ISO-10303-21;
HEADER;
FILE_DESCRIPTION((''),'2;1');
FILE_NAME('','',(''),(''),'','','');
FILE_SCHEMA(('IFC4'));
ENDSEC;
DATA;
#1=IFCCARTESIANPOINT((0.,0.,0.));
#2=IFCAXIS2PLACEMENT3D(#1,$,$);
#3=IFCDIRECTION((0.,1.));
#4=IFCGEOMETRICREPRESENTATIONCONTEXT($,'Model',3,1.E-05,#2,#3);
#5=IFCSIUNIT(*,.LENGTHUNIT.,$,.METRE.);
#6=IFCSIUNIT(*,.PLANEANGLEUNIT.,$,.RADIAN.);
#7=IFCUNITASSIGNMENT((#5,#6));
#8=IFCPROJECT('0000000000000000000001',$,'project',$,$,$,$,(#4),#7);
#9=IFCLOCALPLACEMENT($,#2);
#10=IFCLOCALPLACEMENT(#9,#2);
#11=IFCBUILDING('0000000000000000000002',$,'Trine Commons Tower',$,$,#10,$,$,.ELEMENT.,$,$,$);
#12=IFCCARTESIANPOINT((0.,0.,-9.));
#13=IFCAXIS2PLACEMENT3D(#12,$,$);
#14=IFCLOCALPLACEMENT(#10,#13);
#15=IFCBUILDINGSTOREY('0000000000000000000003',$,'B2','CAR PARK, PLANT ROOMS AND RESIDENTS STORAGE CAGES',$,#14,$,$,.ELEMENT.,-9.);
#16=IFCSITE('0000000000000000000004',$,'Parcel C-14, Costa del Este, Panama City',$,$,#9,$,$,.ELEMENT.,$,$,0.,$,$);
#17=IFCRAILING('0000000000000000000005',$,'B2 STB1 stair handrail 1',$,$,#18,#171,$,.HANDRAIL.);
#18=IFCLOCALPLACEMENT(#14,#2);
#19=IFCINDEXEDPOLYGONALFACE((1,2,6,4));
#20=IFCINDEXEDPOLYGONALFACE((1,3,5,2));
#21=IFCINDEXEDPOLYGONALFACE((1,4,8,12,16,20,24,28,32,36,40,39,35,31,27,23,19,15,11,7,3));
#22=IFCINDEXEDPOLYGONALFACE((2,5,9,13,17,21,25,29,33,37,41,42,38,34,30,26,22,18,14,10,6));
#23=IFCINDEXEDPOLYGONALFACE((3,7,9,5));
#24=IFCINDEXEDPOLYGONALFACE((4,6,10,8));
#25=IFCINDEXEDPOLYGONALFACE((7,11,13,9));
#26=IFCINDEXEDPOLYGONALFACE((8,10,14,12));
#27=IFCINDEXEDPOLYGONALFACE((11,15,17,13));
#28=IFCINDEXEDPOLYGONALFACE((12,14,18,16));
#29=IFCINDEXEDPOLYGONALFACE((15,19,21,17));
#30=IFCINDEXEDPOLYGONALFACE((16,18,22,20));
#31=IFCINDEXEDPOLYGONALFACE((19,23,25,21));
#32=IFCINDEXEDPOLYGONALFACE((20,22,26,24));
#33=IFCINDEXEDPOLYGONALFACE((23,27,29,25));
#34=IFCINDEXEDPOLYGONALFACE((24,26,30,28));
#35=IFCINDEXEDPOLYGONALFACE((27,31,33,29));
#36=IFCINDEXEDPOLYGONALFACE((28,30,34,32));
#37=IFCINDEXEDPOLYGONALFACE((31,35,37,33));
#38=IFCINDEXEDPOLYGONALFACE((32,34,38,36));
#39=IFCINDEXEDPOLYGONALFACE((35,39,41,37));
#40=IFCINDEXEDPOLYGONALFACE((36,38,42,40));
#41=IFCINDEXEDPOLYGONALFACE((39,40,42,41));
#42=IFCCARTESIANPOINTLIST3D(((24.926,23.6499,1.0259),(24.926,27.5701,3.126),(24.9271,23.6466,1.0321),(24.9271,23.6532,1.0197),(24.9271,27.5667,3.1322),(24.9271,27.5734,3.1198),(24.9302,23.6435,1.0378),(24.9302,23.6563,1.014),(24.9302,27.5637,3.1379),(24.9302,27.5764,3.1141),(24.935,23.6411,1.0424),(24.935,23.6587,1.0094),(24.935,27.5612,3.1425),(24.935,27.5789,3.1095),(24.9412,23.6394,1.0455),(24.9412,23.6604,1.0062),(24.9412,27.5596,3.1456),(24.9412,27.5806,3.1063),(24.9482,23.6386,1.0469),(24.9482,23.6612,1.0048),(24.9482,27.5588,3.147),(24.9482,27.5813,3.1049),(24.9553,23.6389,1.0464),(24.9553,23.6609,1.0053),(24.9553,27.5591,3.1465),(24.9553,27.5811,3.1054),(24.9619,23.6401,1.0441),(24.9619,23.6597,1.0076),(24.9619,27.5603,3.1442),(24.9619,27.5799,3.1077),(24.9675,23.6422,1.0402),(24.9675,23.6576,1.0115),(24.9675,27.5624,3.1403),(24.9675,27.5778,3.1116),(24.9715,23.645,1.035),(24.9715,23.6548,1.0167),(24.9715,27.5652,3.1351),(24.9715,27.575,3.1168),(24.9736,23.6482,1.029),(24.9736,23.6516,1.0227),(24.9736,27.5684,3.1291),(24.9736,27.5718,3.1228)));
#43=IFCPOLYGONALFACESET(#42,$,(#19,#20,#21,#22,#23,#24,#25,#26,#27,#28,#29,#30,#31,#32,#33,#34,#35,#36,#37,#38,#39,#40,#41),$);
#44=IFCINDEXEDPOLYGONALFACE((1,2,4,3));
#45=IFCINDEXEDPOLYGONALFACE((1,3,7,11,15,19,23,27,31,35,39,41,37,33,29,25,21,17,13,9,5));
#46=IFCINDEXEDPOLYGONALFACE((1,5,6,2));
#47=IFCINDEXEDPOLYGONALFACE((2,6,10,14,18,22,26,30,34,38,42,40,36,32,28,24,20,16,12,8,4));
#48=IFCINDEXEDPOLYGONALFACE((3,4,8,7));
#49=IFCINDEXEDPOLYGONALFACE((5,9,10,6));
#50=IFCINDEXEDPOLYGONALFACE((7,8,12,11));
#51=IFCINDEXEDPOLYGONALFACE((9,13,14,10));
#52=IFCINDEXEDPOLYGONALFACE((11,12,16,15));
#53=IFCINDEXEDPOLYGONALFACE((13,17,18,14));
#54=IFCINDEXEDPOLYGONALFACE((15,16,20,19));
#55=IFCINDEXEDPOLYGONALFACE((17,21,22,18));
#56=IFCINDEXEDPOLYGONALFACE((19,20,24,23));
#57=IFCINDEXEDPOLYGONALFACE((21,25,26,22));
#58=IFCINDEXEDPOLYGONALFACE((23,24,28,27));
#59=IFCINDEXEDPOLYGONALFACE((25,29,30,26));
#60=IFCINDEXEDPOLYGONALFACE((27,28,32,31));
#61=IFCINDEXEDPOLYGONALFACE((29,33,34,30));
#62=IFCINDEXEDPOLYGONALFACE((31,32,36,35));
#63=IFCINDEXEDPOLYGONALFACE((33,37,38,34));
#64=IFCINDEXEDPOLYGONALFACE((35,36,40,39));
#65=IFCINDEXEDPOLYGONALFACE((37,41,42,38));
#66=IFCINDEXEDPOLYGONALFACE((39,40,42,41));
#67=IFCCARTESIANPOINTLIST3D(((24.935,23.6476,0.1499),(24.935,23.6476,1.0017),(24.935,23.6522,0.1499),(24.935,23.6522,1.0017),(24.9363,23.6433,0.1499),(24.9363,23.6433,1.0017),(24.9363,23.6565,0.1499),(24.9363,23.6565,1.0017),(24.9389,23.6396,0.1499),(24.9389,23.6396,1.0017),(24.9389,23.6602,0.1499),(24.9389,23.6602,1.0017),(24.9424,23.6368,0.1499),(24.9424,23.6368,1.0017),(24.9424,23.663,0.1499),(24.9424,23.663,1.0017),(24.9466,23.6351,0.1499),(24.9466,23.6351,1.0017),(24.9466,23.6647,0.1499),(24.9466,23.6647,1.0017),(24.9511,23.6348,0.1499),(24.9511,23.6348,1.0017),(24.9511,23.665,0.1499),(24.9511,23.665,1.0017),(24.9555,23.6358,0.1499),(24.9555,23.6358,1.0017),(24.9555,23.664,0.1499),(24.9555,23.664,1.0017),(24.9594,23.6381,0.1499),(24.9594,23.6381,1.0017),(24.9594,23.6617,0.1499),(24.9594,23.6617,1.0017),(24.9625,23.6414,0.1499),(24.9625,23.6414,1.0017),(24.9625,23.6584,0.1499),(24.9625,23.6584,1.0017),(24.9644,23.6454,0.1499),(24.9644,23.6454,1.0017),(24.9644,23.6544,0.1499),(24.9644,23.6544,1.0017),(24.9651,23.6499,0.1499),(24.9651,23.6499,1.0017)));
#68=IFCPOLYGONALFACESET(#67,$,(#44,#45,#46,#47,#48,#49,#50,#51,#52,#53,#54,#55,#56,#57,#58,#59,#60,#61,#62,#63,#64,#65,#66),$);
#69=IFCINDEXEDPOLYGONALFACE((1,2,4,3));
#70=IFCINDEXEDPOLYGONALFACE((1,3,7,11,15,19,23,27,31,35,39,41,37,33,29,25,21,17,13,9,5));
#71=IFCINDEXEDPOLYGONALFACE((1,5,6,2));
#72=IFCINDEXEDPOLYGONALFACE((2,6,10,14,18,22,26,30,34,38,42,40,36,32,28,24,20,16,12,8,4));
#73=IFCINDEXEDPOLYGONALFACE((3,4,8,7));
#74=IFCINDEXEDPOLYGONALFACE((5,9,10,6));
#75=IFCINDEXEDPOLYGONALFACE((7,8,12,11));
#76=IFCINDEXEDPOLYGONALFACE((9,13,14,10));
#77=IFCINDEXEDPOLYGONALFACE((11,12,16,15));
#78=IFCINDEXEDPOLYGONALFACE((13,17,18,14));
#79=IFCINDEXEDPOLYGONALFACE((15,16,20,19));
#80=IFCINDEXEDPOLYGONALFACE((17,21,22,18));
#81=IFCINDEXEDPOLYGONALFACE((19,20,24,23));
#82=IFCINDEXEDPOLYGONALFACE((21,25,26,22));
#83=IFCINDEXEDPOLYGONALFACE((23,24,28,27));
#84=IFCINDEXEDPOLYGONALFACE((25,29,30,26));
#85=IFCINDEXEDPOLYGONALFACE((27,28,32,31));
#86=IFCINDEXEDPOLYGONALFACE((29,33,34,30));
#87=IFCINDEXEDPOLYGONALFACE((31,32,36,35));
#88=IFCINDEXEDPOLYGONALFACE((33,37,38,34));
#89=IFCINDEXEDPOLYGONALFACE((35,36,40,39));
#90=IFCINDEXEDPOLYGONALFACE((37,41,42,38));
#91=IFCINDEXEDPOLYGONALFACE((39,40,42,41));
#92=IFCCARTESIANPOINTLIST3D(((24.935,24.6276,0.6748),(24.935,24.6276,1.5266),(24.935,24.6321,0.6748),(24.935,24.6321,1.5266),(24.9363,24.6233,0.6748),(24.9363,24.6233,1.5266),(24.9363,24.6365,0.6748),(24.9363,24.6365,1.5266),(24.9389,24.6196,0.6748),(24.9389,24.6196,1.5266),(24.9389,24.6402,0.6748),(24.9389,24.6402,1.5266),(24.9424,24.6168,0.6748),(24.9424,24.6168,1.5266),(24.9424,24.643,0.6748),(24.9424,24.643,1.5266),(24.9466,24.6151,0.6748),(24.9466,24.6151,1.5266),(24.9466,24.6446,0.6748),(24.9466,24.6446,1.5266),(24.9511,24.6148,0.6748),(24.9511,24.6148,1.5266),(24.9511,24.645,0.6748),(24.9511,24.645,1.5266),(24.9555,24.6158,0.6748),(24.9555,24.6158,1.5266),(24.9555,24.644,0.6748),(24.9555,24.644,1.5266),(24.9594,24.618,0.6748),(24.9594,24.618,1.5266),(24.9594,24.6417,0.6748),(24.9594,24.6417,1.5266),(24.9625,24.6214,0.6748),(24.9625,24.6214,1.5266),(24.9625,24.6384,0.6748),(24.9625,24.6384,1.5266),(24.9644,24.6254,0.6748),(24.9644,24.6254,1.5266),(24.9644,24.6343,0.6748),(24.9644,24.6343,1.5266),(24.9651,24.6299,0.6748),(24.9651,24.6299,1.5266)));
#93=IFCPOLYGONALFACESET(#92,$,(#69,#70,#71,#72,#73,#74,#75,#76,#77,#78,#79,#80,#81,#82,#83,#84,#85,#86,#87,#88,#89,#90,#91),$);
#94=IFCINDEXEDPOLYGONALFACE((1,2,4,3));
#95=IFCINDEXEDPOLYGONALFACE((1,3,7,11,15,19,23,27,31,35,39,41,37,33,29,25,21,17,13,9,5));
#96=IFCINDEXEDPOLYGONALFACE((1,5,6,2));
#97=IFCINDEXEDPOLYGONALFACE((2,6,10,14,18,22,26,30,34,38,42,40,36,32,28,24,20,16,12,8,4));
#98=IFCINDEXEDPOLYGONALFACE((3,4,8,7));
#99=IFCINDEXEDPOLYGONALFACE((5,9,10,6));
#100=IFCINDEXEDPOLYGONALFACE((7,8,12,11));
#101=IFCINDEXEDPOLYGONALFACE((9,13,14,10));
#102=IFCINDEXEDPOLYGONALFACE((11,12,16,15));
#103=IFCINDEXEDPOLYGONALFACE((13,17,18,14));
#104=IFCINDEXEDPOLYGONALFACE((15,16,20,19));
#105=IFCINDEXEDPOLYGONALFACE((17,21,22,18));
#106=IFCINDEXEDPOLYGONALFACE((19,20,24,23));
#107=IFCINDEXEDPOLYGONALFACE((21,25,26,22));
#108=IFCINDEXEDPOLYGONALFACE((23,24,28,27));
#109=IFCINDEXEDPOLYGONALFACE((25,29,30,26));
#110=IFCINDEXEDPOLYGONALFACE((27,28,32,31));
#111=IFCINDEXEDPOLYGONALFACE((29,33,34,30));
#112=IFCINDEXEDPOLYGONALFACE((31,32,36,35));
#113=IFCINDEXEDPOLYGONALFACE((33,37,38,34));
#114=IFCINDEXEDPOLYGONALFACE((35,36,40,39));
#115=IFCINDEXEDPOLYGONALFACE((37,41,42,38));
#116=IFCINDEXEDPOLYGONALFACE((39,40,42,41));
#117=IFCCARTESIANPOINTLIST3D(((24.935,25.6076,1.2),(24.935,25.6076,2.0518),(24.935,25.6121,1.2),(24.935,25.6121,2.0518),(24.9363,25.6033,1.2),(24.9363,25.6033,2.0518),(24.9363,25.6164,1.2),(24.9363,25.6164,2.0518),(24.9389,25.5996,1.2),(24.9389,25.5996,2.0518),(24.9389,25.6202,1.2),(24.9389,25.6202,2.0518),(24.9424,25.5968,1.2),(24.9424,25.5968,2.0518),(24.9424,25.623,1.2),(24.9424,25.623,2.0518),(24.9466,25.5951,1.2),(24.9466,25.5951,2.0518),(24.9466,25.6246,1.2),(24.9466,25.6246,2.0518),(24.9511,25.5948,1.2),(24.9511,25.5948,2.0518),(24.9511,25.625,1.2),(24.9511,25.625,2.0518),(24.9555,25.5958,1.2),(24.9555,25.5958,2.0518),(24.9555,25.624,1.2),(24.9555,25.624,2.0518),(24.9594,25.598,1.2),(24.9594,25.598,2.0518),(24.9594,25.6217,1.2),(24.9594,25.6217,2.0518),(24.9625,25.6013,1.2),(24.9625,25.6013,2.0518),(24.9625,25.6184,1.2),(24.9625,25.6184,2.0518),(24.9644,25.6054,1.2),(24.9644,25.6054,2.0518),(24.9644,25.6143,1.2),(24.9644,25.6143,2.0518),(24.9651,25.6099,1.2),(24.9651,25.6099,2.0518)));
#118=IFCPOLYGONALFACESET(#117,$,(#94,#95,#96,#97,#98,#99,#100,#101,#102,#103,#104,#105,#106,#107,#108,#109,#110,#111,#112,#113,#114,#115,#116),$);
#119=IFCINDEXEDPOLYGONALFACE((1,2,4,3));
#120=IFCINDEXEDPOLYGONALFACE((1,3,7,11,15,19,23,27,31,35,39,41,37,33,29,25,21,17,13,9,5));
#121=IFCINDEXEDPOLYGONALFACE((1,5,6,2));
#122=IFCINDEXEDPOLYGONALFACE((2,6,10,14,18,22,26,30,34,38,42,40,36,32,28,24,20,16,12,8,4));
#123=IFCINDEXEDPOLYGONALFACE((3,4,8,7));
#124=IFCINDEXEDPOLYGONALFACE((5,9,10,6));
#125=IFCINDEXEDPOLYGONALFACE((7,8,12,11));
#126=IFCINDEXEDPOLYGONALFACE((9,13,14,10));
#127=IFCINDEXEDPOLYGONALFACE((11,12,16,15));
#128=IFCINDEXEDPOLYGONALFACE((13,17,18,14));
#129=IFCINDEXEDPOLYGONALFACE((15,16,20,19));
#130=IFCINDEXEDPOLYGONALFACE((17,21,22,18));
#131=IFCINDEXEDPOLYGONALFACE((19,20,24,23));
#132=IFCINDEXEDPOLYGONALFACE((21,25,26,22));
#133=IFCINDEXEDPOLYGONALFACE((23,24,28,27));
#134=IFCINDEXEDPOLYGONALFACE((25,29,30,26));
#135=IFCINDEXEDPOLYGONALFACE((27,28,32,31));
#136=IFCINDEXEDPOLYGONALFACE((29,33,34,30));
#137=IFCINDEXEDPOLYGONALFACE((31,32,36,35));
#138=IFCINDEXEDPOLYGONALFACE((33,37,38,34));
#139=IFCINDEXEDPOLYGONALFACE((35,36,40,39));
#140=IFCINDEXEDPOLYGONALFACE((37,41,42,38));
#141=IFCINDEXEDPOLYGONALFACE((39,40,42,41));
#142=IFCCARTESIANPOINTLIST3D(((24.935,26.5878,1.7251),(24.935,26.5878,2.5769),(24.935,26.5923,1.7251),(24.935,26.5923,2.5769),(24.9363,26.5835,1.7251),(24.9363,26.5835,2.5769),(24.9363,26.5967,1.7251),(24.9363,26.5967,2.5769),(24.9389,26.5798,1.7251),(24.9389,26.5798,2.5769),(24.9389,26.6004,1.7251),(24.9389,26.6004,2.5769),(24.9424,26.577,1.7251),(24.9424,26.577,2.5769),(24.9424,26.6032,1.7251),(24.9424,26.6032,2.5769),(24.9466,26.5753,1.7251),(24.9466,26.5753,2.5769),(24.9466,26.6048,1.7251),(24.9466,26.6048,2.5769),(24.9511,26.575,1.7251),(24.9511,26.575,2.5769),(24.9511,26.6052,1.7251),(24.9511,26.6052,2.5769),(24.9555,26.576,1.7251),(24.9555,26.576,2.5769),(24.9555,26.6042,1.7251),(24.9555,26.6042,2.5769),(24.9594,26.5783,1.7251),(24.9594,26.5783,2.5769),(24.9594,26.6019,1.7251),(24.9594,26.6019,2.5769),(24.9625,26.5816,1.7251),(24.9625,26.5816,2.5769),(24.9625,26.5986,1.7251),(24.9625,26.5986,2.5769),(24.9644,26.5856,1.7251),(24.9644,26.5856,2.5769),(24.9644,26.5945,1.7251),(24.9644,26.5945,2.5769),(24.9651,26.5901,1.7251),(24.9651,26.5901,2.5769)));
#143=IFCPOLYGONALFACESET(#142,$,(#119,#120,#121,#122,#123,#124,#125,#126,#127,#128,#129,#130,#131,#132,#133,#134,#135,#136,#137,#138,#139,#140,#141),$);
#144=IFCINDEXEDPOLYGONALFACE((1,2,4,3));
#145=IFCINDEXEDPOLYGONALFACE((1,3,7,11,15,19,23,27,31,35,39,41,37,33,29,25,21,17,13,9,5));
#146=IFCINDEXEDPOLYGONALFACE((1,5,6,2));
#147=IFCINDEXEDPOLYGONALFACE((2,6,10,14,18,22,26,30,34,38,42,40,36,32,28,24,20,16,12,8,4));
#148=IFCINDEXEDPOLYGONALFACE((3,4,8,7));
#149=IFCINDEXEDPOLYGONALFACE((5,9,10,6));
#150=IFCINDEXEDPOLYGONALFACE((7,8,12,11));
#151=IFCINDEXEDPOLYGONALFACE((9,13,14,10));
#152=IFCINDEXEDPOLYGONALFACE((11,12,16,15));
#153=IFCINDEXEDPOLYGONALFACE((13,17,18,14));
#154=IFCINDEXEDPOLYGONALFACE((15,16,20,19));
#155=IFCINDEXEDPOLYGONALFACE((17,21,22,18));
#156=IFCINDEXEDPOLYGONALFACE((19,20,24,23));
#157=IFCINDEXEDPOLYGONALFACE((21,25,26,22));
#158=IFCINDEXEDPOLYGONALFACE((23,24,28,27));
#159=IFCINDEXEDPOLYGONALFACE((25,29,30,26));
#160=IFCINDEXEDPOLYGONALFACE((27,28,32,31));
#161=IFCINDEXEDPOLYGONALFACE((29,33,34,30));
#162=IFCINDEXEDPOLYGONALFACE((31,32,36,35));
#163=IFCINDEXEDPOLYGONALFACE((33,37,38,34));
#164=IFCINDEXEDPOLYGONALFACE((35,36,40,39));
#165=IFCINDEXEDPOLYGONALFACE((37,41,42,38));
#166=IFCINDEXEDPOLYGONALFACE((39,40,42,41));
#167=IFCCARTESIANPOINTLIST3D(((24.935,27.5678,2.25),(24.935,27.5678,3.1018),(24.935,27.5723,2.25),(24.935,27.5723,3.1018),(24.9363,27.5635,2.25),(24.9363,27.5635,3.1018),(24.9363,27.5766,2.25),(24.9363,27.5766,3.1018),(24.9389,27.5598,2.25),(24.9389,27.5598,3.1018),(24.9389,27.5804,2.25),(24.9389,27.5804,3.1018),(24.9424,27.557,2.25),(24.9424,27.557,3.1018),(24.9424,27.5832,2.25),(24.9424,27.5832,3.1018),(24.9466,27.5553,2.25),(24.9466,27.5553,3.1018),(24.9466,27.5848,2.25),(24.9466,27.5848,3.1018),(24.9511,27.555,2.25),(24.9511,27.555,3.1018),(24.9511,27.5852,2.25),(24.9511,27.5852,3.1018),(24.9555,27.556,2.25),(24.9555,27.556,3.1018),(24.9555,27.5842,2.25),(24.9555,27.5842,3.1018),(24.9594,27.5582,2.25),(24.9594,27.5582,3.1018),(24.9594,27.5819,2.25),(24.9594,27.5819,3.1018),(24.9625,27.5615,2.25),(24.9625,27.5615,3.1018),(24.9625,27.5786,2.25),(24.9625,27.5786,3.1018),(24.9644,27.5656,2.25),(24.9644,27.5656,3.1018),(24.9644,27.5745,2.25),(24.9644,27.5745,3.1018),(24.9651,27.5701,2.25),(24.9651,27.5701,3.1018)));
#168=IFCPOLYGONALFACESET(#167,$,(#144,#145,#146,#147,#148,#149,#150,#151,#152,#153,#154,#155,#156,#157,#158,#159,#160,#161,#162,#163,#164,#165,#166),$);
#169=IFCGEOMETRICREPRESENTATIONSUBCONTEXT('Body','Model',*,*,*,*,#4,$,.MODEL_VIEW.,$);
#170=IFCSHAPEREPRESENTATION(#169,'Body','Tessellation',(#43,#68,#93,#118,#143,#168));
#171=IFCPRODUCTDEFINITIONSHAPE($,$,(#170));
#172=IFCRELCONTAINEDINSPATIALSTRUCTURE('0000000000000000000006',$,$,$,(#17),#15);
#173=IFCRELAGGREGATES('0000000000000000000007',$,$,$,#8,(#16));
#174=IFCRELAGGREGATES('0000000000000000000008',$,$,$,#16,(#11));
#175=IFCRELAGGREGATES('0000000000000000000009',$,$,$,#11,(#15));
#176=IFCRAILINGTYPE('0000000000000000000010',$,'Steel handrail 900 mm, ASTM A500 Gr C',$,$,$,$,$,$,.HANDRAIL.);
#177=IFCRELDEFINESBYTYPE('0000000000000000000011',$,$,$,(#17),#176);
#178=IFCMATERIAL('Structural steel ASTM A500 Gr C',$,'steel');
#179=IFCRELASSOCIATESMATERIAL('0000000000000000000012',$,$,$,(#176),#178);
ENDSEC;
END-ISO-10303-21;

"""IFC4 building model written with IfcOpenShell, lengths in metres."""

from ifc_helpers import new_model, si_unit, direction, frame, origin, origin_2d, place, context, subcontext, project, spatial, circle, extrude, material, type_object, element, save


model = new_model("IFC4")

# Units and contexts
model_context = context("Model", 3, precision=1e-05, world=origin(), true_north=direction((0.0, 1.0)))
body_context = subcontext(model_context, "Body", "Model", "MODEL_VIEW")
ifc_project = project(units=[si_unit("LENGTHUNIT", "METRE"), si_unit("PLANEANGLEUNIT", "RADIAN")], contexts=[model_context])

# Site, building, storey
site_placement = place(None, origin())
site = spatial("IfcSite", under=ifc_project, at=site_placement, Name="Parcel C-14, Costa del Este, Panama City", CompositionType="ELEMENT", RefElevation=0.0)
building_placement = place(site_placement, origin())
building = spatial("IfcBuilding", under=site, at=building_placement, Name="Trine Commons Tower", CompositionType="ELEMENT")
storey_placement = place(building_placement, frame((0.0, 0.0, -9.0)))
storey = spatial("IfcBuildingStorey", under=building, at=storey_placement, Name="B2", Description="CAR PARK, PLANT ROOMS AND RESIDENTS STORAGE CAGES", CompositionType="ELEMENT", Elevation=-9.0)

# Railing
ifc_material_1 = material(Name="Structural steel ASTM A500 Gr C", Category="steel")
railing_type_1 = type_object("IfcRailingType", Name="Steel handrail 900 mm, ASTM A500 Gr C", PredefinedType="HANDRAIL", material=ifc_material_1)
railing_1_placement = place(storey_placement, frame((24.95, 23.6499, 0.1499)))
element("IfcRailing", 1, at=railing_1_placement, inside=storey, type_object=railing_type_1, Name="B2 STB1 stair handrail 1", PredefinedType="HANDRAIL", context=body_context, shape_type="SweptSolid", body=[
    extrude(circle(Radius=0.0239, at=origin_2d()), frame((0.0, 0.0, 0.876), z_axis=(0.0, 0.881479, 0.472223), x_axis=(-1.0, 0.0, 0.0)), (0.0, 0.0, 1.0), 4.4473),
    extrude(circle(Radius=0.0151, at=origin_2d()), origin(), (0.0, 0.0, 1.0), 0.8518),
    extrude(circle(Radius=0.0151, at=origin_2d()), frame((0.0, 0.98, 0.5249)), (0.0, 0.0, 1.0), 0.8518),
    extrude(circle(Radius=0.0151, at=origin_2d()), frame((0.0, 1.96, 1.05)), (0.0, 0.0, 1.0), 0.8518),
    extrude(circle(Radius=0.0151, at=origin_2d()), frame((0.0, 2.9402, 1.5752)), (0.0, 0.0, 1.0), 0.8518),
    extrude(circle(Radius=0.0151, at=origin_2d()), frame((0.0, 3.9202, 2.1001)), (0.0, 0.0, 1.0), 0.8518),
])

save(model, "model.ifc")
